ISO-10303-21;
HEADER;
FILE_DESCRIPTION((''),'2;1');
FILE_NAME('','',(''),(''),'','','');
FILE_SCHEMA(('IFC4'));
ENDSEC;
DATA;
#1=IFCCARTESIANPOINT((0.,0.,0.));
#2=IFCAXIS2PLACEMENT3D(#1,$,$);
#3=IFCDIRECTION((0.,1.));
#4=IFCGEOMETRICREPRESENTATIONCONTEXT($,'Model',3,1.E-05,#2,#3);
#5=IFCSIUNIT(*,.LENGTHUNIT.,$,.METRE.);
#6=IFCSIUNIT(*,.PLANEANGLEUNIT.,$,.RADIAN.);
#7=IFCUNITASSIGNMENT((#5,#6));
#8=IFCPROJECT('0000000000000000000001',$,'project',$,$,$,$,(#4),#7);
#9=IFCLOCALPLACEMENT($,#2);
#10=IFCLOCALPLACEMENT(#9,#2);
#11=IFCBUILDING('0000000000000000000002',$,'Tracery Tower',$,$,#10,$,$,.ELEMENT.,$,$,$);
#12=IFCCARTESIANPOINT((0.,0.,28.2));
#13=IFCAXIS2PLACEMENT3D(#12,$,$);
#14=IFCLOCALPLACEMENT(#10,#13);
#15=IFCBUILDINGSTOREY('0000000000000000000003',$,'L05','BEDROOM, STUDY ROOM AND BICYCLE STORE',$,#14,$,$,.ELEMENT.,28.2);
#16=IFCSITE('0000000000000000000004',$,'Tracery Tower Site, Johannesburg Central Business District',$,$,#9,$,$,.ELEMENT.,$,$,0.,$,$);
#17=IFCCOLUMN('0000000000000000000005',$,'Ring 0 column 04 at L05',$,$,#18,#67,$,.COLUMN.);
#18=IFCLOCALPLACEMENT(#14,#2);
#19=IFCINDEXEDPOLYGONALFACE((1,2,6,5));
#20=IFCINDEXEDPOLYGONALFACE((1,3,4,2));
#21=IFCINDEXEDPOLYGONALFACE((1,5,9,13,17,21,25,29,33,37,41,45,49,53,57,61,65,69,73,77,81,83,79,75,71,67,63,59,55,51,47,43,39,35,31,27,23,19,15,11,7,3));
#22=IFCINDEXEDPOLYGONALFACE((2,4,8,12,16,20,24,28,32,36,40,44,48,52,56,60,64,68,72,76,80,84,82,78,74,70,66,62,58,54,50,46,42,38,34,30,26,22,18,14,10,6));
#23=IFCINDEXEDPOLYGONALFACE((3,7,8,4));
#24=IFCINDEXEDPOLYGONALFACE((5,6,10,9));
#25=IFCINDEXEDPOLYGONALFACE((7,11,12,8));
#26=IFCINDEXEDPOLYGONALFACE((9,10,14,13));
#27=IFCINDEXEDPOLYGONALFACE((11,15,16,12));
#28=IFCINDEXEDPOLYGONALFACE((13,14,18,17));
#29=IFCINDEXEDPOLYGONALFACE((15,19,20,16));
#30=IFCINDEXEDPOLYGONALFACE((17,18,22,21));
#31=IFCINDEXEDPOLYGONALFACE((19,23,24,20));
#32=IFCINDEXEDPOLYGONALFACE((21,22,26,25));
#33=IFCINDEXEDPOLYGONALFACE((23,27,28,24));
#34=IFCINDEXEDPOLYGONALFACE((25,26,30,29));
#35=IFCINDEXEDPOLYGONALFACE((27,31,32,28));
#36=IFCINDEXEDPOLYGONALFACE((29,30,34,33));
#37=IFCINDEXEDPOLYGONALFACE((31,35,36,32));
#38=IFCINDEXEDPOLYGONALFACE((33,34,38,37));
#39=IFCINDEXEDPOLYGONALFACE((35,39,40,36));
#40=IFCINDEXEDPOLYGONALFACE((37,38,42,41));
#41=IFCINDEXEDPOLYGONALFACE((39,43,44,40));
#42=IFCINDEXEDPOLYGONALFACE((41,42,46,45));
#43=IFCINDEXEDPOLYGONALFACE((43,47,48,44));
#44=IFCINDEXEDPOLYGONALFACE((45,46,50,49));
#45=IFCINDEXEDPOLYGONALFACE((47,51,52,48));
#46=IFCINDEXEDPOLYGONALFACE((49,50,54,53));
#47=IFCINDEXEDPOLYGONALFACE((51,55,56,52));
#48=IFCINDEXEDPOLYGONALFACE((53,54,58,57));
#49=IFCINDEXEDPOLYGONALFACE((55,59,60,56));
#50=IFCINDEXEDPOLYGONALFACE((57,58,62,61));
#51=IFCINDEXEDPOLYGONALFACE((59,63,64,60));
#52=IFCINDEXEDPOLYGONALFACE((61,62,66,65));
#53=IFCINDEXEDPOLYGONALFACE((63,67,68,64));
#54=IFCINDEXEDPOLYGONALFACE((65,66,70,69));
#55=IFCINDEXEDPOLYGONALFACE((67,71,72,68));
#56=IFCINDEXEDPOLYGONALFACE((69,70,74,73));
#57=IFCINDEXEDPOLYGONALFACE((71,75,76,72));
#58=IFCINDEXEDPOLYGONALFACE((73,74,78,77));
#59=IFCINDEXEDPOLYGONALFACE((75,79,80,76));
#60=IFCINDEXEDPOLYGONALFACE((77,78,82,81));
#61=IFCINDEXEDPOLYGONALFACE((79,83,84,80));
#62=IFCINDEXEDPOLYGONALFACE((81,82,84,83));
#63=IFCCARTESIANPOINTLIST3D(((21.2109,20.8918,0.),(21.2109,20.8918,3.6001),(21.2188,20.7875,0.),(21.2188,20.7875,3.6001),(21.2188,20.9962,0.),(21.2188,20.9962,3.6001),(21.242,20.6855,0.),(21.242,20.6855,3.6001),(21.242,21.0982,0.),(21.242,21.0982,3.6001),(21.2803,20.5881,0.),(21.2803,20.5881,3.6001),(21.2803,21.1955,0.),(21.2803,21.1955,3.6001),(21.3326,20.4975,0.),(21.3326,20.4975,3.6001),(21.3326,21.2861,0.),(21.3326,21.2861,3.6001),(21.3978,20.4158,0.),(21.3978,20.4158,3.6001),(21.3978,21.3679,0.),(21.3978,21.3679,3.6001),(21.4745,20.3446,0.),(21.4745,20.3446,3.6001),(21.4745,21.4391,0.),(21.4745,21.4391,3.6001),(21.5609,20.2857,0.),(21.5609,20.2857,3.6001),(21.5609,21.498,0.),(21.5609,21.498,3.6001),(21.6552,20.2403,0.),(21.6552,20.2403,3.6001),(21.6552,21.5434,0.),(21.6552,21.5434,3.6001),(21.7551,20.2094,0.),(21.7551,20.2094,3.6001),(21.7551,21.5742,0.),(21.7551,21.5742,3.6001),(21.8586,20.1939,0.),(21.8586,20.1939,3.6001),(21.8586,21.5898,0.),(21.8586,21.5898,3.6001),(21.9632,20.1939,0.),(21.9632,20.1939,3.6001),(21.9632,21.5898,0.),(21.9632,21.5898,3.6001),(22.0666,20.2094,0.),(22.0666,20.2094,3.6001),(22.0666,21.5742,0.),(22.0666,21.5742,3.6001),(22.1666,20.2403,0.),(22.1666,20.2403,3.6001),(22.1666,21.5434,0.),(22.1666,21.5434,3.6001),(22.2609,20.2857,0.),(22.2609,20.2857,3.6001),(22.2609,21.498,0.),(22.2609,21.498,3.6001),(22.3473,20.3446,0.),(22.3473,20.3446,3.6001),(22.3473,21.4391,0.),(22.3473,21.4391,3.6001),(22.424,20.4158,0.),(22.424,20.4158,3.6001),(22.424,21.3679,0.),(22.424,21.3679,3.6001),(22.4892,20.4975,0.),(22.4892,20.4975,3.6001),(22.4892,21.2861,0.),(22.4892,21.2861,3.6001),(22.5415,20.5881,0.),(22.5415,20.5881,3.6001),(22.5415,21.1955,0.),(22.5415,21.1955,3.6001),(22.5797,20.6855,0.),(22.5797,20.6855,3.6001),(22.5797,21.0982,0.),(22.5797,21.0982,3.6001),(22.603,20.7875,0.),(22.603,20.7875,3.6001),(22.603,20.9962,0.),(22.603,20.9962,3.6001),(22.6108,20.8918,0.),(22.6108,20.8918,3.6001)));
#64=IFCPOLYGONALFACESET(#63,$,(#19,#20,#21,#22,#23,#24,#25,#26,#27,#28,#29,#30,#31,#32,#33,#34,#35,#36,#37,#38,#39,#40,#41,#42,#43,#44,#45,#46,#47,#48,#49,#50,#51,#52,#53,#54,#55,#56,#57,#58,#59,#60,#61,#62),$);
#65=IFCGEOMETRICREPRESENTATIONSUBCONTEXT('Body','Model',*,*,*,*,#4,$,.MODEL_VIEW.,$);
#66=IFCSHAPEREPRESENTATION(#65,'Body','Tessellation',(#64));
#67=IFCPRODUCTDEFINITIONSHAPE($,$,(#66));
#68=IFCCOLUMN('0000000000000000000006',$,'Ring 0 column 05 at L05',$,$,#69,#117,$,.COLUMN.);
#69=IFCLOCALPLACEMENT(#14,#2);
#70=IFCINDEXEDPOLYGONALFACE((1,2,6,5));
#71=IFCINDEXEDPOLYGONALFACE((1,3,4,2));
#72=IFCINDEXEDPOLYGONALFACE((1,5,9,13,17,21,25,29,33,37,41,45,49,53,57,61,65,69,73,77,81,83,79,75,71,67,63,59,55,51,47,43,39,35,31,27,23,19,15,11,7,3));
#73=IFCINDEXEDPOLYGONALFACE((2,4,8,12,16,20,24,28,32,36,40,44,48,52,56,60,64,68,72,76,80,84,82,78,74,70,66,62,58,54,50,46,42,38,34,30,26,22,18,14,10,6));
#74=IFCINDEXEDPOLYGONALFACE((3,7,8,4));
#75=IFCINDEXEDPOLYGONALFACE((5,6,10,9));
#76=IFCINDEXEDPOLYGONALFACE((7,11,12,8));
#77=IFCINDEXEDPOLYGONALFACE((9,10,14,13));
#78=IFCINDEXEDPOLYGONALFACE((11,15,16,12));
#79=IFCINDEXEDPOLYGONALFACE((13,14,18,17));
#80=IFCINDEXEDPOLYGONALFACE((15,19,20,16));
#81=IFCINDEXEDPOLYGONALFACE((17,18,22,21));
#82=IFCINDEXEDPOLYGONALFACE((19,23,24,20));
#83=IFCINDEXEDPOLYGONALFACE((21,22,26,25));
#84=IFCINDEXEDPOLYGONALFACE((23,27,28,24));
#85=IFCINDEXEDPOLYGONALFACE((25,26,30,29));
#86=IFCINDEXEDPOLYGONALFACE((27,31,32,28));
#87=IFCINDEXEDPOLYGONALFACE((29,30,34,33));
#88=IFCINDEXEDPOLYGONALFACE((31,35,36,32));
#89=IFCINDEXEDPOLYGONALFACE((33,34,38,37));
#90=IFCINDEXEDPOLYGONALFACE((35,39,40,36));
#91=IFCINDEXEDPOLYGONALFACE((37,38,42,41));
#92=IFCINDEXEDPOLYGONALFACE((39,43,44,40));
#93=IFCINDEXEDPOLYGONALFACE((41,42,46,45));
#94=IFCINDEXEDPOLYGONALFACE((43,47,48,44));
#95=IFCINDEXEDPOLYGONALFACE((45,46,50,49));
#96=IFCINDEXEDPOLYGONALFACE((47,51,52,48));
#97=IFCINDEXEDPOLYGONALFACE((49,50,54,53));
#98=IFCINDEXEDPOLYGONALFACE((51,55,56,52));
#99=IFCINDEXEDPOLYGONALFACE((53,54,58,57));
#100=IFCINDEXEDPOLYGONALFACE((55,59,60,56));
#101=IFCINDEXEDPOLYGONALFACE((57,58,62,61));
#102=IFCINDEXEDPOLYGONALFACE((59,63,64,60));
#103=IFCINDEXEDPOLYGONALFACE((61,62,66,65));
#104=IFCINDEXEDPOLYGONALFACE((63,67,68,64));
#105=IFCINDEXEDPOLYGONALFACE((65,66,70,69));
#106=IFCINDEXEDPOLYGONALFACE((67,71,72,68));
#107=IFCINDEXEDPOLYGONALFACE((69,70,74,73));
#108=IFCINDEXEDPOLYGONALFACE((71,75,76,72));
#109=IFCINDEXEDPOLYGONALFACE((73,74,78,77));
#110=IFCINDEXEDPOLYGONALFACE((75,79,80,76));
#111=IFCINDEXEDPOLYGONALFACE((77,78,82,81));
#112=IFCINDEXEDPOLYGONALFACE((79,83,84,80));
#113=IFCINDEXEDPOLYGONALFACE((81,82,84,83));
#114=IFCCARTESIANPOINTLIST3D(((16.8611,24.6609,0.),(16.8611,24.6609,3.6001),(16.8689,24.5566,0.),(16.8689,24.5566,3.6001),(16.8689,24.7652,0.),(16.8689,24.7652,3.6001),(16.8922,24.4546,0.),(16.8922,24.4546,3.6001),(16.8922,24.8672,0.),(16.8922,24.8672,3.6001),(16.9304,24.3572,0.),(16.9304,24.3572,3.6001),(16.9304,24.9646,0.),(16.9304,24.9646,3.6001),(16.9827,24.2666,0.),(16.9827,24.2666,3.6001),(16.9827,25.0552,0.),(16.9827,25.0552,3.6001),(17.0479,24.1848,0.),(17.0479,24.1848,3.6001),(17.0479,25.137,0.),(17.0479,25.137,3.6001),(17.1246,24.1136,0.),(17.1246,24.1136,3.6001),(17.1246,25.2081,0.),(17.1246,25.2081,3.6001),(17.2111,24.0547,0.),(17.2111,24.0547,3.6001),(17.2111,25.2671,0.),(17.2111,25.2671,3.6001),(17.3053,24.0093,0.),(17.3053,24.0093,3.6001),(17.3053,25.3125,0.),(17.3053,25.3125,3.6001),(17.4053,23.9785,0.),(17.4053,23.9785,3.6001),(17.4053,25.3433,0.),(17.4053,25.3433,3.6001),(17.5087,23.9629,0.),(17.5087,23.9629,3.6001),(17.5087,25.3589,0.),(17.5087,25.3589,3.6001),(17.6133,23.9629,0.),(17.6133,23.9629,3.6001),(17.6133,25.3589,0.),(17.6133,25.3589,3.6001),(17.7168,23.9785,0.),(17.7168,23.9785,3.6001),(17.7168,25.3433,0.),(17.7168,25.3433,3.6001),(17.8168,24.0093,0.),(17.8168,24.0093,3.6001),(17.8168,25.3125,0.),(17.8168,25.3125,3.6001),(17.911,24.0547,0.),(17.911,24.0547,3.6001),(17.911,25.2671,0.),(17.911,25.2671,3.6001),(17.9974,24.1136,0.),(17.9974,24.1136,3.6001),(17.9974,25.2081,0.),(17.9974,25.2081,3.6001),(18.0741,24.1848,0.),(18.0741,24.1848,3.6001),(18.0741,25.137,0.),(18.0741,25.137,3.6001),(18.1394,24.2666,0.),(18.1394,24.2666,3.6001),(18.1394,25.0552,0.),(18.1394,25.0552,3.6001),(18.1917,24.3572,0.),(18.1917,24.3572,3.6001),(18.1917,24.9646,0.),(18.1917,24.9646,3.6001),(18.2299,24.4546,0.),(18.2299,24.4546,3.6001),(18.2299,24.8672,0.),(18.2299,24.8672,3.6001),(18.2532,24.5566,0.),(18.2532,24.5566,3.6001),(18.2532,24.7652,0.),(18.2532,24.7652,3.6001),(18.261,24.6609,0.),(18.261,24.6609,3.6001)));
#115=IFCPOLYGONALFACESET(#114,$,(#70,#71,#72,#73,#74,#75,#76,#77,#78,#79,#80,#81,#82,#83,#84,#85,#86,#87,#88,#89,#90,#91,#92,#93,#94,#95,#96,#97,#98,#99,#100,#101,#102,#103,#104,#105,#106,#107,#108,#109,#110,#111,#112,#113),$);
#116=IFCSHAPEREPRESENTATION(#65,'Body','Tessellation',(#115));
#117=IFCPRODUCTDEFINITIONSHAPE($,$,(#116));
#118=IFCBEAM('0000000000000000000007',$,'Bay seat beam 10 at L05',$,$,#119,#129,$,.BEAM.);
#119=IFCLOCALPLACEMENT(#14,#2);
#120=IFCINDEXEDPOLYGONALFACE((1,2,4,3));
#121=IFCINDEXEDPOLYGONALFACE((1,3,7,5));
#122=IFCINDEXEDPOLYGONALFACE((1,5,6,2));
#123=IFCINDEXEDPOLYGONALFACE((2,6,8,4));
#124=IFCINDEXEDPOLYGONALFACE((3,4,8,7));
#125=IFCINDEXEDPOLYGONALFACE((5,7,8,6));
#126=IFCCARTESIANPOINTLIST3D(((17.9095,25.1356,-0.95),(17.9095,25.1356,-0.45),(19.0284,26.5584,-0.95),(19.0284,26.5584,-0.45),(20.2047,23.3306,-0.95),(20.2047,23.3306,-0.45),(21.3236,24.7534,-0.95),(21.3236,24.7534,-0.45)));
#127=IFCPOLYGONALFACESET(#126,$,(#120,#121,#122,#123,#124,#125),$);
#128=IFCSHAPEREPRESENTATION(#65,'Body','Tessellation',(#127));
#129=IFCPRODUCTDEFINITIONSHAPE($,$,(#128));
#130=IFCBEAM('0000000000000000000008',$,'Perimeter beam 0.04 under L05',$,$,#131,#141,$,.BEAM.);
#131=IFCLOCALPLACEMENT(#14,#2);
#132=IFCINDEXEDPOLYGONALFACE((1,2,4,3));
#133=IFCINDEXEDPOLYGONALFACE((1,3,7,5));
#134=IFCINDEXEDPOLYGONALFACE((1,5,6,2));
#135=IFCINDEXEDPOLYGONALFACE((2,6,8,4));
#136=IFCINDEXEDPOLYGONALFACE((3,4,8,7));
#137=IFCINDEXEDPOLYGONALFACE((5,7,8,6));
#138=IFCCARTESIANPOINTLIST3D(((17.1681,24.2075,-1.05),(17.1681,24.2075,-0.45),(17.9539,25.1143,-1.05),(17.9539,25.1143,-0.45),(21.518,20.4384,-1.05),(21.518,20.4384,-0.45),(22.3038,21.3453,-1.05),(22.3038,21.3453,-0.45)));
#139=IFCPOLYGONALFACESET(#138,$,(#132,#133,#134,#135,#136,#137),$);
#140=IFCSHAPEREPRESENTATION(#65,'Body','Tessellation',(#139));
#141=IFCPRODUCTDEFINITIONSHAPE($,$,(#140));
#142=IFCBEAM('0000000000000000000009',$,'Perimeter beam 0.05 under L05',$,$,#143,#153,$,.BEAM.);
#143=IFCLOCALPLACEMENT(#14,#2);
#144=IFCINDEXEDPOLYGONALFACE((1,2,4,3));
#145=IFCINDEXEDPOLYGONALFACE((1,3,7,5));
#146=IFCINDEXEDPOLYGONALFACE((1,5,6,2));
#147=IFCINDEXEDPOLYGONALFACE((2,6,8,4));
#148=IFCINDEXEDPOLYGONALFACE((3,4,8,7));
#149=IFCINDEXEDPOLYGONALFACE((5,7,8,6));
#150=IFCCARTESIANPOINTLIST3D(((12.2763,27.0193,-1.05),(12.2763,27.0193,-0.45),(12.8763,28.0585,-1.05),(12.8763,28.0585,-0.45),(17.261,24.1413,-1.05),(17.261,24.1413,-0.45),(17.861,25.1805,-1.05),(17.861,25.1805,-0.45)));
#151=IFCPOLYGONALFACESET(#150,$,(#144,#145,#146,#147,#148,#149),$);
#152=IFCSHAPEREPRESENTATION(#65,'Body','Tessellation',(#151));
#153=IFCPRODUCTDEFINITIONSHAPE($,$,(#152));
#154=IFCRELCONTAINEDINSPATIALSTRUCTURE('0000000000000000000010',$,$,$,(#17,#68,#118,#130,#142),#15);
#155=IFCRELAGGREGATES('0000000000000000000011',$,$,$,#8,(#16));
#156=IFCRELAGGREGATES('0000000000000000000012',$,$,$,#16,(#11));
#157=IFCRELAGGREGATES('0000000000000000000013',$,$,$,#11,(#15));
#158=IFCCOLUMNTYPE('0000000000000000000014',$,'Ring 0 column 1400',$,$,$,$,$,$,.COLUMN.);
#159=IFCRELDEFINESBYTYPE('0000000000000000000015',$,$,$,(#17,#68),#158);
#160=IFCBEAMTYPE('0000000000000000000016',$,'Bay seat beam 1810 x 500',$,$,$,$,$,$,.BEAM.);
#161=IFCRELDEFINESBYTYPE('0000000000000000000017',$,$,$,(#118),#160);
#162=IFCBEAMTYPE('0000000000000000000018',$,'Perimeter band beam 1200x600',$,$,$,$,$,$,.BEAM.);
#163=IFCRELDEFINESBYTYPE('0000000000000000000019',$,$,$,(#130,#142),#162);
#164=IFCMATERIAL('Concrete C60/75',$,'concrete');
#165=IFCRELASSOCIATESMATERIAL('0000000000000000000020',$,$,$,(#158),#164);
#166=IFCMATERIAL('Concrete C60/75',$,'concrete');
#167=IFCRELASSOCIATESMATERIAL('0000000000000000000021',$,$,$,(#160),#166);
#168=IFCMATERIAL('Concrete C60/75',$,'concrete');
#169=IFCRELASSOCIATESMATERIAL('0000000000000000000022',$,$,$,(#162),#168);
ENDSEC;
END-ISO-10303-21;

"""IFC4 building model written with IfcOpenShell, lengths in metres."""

from ifc_helpers import new_model, si_unit, direction, frame, origin, origin_2d, place, context, subcontext, project, spatial, rectangle, circle, extrude, material, material_profile, profile_set, type_object, element, save


model = new_model("IFC4")

# Units and contexts
model_context = context("Model", 3, precision=1e-05, world=origin(), true_north=direction((0.0, 1.0)))
body_context = subcontext(model_context, "Body", "Model", "MODEL_VIEW")
ifc_project = project(units=[si_unit("LENGTHUNIT", "METRE"), si_unit("PLANEANGLEUNIT", "RADIAN")], contexts=[model_context])

# Site, building, storey
site_placement = place(None, origin())
site = spatial("IfcSite", under=ifc_project, at=site_placement, Name="Tracery Tower Site, Johannesburg Central Business District", CompositionType="ELEMENT", RefElevation=0.0)
building_placement = place(site_placement, origin())
building = spatial("IfcBuilding", under=site, at=building_placement, Name="Tracery Tower", CompositionType="ELEMENT")
storey_placement = place(building_placement, frame((0.0, 0.0, 28.2)))
storey = spatial("IfcBuildingStorey", under=building, at=storey_placement, Name="L05", Description="BEDROOM, STUDY ROOM AND BICYCLE STORE", CompositionType="ELEMENT", Elevation=28.2)

# Columns
ifc_material_1 = material(Name="Concrete C60/75", Category="concrete")
ifc_material_profile_1 = material_profile(ifc_material_1, circle(Radius=0.7, at=origin_2d()), Name="RC D1400")
ifc_profile_set_1 = profile_set([ifc_material_profile_1], Name="Concrete C60/75")
column_type = type_object("IfcColumnType", Name="Ring 0 column 1400", PredefinedType="COLUMN", material=ifc_profile_set_1)
for number, where, z_axis, x_axis, name in (
    (1, (21.9109, 20.8918, 0.0), (0.0, 0.0, 1.0), (1.0, 0.0, 0.0), "Ring 0 column 04 at L05"),
    (2, (17.561, 24.6609, 0.0), (0.0, 0.0, 1.0), (1.0, 0.0, 0.0), "Ring 0 column 05 at L05"),
):
    element("IfcColumn", number, at=place(storey_placement, frame(where, z_axis=z_axis, x_axis=x_axis)), inside=storey, type_object=column_type, Name=name, PredefinedType="COLUMN", context=body_context, shape_type="SweptSolid", body=[
        extrude(circle(Radius=0.7, at=origin_2d()), origin(), (0.0, 0.0, 1.0), 3.6001),
    ])

# Beams
ifc_material_2 = material(Name="Concrete C60/75", Category="concrete")
ifc_material_profile_2 = material_profile(ifc_material_2, rectangle(XDim=1.8101, YDim=0.5, at=origin_2d()), Name="RC 1810x500")
ifc_profile_set_2 = profile_set([ifc_material_profile_2], Name="Concrete C60/75")
beam_type_1 = type_object("IfcBeamType", Name="Bay seat beam 1810 x 500", PredefinedType="BEAM", material=ifc_profile_set_2)
beam_1_placement = place(storey_placement, frame((20.7642, 24.042, -0.7), z_axis=(-0.786054, 0.618158, 0.0), x_axis=(-0.618158, -0.786054, 0.0)))
element("IfcBeam", 3, at=beam_1_placement, inside=storey, type_object=beam_type_1, Name="Bay seat beam 10 at L05", PredefinedType="BEAM", context=body_context, shape_type="SweptSolid", body=[
    extrude(rectangle(XDim=1.8101, YDim=0.5, at=origin_2d()), origin(), (0.0, 0.0, 1.0), 2.9199),
])
ifc_material_3 = material(Name="Concrete C60/75", Category="concrete")
ifc_material_profile_3 = material_profile(ifc_material_3, rectangle(XDim=1.2, YDim=0.6001, at=origin_2d()), Name="RC 1200x600")
ifc_profile_set_3 = profile_set([ifc_material_profile_3], Name="Concrete C60/75")
beam_type_2 = type_object("IfcBeamType", Name="Perimeter band beam 1200x600", PredefinedType="BEAM", material=ifc_profile_set_3)
beam_2_placement = place(storey_placement, frame((21.9109, 20.8918, -0.75), z_axis=(-0.75576, 0.654848, 0.0), x_axis=(-0.654848, -0.75576, 0.0)))
element("IfcBeam", 4, at=beam_2_placement, inside=storey, type_object=beam_type_2, Name="Perimeter beam 0.04 under L05", PredefinedType="BEAM", context=body_context, shape_type="SweptSolid", body=[
    extrude(rectangle(XDim=1.2, YDim=0.6001, at=origin_2d()), origin(), (0.0, 0.0, 1.0), 5.7556),
])
beam_3_placement = place(storey_placement, frame((17.561, 24.6609, -0.75), z_axis=(-0.866021, 0.500008, 0.0), x_axis=(-0.500008, -0.866021, 0.0)))
element("IfcBeam", 5, at=beam_3_placement, inside=storey, type_object=beam_type_2, Name="Perimeter beam 0.05 under L05", PredefinedType="BEAM", context=body_context, shape_type="SweptSolid", body=[
    extrude(rectangle(XDim=1.2, YDim=0.6001, at=origin_2d()), origin(), (0.0, 0.0, 1.0), 5.7559),
])

save(model, "model.ifc")
